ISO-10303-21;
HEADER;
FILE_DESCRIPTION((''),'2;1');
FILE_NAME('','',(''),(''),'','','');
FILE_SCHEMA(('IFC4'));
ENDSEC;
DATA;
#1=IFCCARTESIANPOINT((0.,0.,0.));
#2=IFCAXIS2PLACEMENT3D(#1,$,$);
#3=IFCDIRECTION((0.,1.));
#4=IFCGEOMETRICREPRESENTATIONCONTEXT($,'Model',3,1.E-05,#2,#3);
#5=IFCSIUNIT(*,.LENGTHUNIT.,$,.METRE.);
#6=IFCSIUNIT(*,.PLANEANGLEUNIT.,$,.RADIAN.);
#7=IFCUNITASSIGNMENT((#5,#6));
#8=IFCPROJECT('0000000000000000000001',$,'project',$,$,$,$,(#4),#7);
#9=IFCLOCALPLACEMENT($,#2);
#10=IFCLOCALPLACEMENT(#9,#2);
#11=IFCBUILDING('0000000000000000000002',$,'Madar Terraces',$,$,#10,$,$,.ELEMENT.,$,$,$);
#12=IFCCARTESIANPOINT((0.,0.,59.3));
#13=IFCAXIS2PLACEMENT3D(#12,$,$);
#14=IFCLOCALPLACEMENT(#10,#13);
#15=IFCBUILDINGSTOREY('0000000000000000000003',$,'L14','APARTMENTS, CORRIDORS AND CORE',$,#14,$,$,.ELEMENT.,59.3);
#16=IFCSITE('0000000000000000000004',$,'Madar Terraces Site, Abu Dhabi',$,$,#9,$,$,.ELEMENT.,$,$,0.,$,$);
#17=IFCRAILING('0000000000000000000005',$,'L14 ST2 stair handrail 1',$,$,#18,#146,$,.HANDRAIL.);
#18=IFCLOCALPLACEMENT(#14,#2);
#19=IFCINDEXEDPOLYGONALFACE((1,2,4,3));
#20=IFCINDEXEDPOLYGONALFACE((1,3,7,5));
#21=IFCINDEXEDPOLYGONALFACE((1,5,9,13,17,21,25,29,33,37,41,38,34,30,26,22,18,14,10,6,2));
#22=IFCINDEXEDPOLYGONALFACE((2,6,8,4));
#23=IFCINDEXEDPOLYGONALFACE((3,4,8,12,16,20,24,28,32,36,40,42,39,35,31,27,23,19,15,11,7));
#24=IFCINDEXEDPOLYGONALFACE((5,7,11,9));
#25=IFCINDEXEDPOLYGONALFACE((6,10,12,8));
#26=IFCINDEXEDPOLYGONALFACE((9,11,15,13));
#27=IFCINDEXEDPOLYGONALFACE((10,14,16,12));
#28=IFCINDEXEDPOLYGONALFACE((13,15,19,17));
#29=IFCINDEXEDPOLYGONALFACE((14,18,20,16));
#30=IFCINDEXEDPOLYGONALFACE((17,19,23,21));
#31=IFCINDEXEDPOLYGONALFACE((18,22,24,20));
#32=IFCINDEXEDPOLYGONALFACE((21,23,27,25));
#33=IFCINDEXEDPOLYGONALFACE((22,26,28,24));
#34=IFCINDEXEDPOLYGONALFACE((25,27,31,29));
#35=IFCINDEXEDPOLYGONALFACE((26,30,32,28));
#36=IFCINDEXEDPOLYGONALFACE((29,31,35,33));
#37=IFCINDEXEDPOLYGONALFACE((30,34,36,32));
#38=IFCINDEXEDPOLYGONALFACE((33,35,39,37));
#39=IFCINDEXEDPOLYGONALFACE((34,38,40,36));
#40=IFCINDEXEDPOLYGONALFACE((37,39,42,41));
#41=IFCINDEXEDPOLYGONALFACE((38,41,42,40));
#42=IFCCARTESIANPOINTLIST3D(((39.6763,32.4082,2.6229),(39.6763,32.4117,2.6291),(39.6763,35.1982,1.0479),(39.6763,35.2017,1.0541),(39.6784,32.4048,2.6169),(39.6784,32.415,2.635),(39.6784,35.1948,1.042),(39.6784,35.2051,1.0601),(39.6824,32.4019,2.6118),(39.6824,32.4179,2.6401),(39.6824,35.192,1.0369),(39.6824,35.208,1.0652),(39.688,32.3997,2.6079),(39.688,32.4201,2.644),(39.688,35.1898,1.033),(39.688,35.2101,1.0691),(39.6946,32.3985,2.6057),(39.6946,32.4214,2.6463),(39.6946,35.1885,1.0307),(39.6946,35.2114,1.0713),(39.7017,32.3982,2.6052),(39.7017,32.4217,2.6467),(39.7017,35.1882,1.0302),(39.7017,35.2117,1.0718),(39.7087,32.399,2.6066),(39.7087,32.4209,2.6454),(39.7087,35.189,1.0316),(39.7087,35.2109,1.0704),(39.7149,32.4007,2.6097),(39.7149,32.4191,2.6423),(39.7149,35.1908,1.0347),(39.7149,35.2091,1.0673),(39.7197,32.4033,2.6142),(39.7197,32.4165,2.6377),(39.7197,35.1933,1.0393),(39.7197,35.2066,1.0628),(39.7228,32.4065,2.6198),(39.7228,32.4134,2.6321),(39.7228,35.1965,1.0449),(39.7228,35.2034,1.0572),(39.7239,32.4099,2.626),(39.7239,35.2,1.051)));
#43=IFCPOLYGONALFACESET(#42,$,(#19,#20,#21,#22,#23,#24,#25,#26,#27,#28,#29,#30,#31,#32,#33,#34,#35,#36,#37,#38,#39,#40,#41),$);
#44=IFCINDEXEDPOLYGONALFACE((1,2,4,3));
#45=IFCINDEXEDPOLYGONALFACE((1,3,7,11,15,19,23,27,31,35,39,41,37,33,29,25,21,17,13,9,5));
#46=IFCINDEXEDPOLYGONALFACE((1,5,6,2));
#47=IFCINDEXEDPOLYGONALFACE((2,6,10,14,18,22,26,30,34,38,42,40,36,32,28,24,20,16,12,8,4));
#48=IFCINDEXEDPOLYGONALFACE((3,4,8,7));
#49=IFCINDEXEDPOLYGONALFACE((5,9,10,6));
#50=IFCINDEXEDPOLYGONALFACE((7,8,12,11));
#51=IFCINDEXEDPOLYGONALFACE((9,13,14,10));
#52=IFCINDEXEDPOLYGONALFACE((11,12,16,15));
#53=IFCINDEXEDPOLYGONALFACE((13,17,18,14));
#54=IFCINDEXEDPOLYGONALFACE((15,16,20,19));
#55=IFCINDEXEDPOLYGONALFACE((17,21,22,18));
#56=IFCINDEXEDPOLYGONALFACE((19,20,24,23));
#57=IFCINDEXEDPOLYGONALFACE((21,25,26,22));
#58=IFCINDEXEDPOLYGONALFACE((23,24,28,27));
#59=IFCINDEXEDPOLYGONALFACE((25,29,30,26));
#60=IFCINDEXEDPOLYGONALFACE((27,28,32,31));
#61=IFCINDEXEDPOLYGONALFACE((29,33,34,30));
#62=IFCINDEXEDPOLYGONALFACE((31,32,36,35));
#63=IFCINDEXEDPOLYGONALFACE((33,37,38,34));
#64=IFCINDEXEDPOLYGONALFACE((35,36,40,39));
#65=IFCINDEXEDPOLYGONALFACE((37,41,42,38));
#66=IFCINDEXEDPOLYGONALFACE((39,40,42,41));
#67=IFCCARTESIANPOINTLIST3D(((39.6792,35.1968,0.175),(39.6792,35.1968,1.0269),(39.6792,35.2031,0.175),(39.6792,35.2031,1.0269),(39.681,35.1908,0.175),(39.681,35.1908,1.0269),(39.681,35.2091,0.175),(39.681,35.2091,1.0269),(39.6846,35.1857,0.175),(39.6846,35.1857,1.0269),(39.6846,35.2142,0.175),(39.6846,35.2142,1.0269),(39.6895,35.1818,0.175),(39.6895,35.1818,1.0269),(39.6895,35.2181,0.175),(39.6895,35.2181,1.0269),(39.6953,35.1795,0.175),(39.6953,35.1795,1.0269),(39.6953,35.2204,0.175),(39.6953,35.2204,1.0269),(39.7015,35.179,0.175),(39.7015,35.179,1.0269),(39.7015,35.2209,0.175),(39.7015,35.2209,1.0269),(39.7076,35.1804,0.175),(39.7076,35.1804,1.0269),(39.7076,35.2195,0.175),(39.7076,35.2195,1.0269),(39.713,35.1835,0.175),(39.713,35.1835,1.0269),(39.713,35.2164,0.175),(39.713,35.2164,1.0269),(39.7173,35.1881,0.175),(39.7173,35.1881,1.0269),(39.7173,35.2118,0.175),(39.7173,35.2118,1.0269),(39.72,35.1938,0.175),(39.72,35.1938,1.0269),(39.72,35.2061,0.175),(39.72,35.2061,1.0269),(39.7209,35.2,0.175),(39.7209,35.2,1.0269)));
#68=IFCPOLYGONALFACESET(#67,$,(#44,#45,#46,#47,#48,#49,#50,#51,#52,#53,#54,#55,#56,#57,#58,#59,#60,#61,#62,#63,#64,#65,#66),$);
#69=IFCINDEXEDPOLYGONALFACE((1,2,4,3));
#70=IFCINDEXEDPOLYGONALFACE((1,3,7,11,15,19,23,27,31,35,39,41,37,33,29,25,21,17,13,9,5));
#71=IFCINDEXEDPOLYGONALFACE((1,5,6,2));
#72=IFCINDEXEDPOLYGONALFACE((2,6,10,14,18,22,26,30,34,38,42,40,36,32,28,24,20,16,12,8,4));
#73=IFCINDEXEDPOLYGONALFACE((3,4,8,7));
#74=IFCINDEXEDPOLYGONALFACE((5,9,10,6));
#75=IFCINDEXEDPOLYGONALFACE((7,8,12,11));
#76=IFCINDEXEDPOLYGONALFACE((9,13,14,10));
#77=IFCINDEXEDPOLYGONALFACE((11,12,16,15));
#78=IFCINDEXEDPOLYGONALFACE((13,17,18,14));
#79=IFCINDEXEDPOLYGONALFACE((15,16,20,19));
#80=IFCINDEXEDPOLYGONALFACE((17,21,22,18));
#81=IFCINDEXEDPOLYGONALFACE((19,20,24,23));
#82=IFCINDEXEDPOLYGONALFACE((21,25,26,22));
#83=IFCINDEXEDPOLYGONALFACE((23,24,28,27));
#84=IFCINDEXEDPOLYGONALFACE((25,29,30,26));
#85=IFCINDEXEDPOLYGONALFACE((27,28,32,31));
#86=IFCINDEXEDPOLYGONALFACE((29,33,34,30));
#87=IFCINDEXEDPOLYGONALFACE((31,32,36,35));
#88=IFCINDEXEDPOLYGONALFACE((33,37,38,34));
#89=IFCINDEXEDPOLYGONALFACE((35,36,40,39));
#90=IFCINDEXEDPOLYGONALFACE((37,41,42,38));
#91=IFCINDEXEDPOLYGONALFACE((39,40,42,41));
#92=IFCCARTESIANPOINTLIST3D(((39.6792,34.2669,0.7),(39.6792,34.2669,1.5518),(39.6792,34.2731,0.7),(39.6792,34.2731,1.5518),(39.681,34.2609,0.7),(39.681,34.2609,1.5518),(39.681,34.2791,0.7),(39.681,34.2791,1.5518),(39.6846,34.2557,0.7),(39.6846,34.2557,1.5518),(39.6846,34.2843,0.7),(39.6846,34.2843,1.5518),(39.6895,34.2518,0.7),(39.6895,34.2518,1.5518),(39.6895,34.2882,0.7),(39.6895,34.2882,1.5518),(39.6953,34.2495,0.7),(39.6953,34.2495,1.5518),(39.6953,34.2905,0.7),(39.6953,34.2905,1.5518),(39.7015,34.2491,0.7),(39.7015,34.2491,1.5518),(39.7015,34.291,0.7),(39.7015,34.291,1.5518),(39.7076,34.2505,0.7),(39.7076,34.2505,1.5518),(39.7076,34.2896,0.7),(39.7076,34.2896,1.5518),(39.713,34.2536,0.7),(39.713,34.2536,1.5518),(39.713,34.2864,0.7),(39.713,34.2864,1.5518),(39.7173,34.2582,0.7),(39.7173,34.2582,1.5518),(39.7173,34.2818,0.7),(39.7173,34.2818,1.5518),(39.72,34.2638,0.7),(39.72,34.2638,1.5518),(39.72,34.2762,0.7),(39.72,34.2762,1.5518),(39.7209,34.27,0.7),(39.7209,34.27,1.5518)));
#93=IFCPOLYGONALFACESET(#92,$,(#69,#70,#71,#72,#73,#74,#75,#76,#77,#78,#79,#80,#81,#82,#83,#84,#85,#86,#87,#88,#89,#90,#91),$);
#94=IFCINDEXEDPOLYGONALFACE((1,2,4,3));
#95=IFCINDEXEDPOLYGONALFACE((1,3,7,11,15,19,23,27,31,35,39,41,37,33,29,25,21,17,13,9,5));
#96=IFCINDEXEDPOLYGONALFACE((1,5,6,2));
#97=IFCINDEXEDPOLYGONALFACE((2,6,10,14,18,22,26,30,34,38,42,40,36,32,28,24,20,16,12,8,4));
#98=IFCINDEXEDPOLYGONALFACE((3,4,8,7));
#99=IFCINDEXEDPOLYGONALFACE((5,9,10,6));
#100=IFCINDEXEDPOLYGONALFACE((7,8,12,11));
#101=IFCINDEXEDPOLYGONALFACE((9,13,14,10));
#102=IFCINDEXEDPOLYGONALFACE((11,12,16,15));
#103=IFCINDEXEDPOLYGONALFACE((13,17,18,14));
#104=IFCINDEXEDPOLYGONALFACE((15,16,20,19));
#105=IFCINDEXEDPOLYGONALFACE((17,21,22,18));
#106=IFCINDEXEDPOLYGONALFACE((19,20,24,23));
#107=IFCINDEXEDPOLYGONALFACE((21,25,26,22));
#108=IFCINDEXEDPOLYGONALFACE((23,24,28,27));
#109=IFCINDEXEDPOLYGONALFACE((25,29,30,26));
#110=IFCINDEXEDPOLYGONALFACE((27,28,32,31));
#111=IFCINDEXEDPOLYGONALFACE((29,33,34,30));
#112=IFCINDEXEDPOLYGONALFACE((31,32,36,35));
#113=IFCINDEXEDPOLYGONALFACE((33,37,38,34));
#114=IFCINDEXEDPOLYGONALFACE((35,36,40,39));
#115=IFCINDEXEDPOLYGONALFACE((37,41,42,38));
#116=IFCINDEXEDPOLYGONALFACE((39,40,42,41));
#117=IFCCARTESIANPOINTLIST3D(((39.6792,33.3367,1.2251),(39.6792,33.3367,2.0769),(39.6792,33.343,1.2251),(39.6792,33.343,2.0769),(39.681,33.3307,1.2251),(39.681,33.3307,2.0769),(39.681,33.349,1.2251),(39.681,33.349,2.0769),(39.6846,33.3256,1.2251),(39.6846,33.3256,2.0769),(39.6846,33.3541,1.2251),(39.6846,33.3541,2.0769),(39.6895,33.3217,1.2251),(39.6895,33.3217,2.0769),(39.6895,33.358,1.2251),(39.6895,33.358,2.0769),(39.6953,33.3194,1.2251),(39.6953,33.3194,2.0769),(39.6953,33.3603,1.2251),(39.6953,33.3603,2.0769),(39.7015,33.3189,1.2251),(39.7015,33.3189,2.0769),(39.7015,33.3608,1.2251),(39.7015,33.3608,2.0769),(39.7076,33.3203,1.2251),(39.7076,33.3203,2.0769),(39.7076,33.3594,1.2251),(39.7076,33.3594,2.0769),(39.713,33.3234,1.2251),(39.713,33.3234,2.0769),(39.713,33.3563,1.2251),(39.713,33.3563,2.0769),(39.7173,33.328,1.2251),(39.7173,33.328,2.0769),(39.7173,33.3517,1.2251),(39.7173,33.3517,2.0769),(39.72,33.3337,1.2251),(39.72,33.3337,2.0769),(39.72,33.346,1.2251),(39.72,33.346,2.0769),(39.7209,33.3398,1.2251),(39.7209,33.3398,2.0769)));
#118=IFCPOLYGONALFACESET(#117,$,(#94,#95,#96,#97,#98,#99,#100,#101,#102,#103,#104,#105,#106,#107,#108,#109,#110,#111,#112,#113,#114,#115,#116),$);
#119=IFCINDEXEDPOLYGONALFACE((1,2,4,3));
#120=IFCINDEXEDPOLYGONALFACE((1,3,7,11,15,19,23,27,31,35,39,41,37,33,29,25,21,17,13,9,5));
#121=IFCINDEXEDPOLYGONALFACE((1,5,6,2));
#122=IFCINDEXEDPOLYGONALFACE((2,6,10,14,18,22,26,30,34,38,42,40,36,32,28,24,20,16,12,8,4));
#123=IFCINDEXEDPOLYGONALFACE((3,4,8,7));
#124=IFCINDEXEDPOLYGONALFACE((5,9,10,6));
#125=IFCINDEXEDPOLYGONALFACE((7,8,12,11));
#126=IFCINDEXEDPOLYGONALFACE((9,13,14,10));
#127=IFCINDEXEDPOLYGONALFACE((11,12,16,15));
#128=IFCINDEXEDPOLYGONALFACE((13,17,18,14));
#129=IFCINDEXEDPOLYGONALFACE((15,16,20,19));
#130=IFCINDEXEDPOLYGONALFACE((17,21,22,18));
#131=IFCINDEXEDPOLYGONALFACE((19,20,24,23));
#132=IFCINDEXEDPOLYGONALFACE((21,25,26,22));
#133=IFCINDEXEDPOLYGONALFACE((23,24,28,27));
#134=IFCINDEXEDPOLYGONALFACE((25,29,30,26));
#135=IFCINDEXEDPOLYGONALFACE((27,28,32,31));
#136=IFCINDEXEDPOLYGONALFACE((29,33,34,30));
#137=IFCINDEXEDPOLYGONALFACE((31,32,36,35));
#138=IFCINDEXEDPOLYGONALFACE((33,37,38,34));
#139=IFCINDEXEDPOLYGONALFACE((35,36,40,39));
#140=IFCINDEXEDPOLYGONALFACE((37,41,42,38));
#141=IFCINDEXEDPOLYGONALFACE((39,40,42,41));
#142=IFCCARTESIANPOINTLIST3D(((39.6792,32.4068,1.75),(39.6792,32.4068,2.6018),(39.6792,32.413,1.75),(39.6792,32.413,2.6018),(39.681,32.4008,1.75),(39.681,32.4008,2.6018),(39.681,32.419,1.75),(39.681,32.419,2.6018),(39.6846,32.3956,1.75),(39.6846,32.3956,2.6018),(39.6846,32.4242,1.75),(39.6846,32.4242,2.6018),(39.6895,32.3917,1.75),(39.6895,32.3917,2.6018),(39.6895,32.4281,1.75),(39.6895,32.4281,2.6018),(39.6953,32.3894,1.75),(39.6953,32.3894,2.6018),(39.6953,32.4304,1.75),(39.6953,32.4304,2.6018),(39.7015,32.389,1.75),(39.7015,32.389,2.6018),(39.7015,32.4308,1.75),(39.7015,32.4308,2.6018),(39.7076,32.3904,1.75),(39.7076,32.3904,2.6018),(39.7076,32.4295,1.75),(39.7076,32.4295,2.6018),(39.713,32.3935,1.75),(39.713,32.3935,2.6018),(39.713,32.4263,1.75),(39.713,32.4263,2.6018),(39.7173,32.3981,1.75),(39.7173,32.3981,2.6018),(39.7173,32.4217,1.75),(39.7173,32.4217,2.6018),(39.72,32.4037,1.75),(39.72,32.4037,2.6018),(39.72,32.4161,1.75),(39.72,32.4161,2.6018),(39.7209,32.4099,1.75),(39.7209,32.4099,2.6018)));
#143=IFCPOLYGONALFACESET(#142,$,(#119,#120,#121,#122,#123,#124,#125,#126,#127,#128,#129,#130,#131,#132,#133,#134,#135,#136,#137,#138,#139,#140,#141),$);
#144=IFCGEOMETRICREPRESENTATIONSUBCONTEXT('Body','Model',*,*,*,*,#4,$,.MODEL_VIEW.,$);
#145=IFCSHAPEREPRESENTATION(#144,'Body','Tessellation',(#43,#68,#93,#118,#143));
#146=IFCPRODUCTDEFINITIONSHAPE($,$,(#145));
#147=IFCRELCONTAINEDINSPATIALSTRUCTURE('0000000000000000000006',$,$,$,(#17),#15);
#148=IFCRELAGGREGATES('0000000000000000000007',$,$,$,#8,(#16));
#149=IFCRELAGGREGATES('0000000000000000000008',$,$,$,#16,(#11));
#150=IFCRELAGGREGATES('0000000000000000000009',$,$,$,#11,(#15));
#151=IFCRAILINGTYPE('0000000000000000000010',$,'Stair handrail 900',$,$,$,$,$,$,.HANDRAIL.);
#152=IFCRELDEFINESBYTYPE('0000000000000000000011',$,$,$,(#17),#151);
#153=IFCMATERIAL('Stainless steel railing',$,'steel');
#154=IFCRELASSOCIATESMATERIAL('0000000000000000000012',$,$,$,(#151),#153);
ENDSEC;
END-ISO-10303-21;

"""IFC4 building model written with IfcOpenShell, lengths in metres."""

from ifc_helpers import new_model, si_unit, direction, frame, origin, origin_2d, place, context, subcontext, project, spatial, circle, extrude, material, type_object, element, save


model = new_model("IFC4")

# Units and contexts
model_context = context("Model", 3, precision=1e-05, world=origin(), true_north=direction((0.0, 1.0)))
body_context = subcontext(model_context, "Body", "Model", "MODEL_VIEW")
ifc_project = project(units=[si_unit("LENGTHUNIT", "METRE"), si_unit("PLANEANGLEUNIT", "RADIAN")], contexts=[model_context])

# Site, building, storey
site_placement = place(None, origin())
site = spatial("IfcSite", under=ifc_project, at=site_placement, Name="Madar Terraces Site, Abu Dhabi", CompositionType="ELEMENT", RefElevation=0.0)
building_placement = place(site_placement, origin())
building = spatial("IfcBuilding", under=site, at=building_placement, Name="Madar Terraces", CompositionType="ELEMENT")
storey_placement = place(building_placement, frame((0.0, 0.0, 59.3)))
storey = spatial("IfcBuildingStorey", under=building, at=storey_placement, Name="L14", Description="APARTMENTS, CORRIDORS AND CORE", CompositionType="ELEMENT", Elevation=59.3)

# Railing
ifc_material_1 = material(Name="Stainless steel railing", Category="steel")
railing_type_1 = type_object("IfcRailingType", Name="Stair handrail 900", PredefinedType="HANDRAIL", material=ifc_material_1)
railing_1_placement = place(storey_placement, frame((39.7, 35.2, 0.175)))
element("IfcRailing", 1, at=railing_1_placement, inside=storey, type_object=railing_type_1, Name="L14 ST2 stair handrail 1", PredefinedType="HANDRAIL", context=body_context, shape_type="SweptSolid", body=[
    extrude(circle(Radius=0.0239, at=origin_2d()), frame((0.0, 0.0, 0.876), z_axis=(0.0, -0.870834, 0.491578), x_axis=(1.0, 0.0, 0.0)), (0.0, 0.0, 1.0), 3.2039),
    extrude(circle(Radius=0.021, at=origin_2d()), origin(), (0.0, 0.0, 1.0), 0.8518),
    extrude(circle(Radius=0.021, at=origin_2d()), frame((0.0, -0.9299, 0.5249)), (0.0, 0.0, 1.0), 0.8518),
    extrude(circle(Radius=0.021, at=origin_2d()), frame((0.0, -1.8601, 1.05)), (0.0, 0.0, 1.0), 0.8518),
    extrude(circle(Radius=0.021, at=origin_2d()), frame((0.0, -2.79, 1.575)), (0.0, 0.0, 1.0), 0.8518),
])

save(model, "model.ifc")
